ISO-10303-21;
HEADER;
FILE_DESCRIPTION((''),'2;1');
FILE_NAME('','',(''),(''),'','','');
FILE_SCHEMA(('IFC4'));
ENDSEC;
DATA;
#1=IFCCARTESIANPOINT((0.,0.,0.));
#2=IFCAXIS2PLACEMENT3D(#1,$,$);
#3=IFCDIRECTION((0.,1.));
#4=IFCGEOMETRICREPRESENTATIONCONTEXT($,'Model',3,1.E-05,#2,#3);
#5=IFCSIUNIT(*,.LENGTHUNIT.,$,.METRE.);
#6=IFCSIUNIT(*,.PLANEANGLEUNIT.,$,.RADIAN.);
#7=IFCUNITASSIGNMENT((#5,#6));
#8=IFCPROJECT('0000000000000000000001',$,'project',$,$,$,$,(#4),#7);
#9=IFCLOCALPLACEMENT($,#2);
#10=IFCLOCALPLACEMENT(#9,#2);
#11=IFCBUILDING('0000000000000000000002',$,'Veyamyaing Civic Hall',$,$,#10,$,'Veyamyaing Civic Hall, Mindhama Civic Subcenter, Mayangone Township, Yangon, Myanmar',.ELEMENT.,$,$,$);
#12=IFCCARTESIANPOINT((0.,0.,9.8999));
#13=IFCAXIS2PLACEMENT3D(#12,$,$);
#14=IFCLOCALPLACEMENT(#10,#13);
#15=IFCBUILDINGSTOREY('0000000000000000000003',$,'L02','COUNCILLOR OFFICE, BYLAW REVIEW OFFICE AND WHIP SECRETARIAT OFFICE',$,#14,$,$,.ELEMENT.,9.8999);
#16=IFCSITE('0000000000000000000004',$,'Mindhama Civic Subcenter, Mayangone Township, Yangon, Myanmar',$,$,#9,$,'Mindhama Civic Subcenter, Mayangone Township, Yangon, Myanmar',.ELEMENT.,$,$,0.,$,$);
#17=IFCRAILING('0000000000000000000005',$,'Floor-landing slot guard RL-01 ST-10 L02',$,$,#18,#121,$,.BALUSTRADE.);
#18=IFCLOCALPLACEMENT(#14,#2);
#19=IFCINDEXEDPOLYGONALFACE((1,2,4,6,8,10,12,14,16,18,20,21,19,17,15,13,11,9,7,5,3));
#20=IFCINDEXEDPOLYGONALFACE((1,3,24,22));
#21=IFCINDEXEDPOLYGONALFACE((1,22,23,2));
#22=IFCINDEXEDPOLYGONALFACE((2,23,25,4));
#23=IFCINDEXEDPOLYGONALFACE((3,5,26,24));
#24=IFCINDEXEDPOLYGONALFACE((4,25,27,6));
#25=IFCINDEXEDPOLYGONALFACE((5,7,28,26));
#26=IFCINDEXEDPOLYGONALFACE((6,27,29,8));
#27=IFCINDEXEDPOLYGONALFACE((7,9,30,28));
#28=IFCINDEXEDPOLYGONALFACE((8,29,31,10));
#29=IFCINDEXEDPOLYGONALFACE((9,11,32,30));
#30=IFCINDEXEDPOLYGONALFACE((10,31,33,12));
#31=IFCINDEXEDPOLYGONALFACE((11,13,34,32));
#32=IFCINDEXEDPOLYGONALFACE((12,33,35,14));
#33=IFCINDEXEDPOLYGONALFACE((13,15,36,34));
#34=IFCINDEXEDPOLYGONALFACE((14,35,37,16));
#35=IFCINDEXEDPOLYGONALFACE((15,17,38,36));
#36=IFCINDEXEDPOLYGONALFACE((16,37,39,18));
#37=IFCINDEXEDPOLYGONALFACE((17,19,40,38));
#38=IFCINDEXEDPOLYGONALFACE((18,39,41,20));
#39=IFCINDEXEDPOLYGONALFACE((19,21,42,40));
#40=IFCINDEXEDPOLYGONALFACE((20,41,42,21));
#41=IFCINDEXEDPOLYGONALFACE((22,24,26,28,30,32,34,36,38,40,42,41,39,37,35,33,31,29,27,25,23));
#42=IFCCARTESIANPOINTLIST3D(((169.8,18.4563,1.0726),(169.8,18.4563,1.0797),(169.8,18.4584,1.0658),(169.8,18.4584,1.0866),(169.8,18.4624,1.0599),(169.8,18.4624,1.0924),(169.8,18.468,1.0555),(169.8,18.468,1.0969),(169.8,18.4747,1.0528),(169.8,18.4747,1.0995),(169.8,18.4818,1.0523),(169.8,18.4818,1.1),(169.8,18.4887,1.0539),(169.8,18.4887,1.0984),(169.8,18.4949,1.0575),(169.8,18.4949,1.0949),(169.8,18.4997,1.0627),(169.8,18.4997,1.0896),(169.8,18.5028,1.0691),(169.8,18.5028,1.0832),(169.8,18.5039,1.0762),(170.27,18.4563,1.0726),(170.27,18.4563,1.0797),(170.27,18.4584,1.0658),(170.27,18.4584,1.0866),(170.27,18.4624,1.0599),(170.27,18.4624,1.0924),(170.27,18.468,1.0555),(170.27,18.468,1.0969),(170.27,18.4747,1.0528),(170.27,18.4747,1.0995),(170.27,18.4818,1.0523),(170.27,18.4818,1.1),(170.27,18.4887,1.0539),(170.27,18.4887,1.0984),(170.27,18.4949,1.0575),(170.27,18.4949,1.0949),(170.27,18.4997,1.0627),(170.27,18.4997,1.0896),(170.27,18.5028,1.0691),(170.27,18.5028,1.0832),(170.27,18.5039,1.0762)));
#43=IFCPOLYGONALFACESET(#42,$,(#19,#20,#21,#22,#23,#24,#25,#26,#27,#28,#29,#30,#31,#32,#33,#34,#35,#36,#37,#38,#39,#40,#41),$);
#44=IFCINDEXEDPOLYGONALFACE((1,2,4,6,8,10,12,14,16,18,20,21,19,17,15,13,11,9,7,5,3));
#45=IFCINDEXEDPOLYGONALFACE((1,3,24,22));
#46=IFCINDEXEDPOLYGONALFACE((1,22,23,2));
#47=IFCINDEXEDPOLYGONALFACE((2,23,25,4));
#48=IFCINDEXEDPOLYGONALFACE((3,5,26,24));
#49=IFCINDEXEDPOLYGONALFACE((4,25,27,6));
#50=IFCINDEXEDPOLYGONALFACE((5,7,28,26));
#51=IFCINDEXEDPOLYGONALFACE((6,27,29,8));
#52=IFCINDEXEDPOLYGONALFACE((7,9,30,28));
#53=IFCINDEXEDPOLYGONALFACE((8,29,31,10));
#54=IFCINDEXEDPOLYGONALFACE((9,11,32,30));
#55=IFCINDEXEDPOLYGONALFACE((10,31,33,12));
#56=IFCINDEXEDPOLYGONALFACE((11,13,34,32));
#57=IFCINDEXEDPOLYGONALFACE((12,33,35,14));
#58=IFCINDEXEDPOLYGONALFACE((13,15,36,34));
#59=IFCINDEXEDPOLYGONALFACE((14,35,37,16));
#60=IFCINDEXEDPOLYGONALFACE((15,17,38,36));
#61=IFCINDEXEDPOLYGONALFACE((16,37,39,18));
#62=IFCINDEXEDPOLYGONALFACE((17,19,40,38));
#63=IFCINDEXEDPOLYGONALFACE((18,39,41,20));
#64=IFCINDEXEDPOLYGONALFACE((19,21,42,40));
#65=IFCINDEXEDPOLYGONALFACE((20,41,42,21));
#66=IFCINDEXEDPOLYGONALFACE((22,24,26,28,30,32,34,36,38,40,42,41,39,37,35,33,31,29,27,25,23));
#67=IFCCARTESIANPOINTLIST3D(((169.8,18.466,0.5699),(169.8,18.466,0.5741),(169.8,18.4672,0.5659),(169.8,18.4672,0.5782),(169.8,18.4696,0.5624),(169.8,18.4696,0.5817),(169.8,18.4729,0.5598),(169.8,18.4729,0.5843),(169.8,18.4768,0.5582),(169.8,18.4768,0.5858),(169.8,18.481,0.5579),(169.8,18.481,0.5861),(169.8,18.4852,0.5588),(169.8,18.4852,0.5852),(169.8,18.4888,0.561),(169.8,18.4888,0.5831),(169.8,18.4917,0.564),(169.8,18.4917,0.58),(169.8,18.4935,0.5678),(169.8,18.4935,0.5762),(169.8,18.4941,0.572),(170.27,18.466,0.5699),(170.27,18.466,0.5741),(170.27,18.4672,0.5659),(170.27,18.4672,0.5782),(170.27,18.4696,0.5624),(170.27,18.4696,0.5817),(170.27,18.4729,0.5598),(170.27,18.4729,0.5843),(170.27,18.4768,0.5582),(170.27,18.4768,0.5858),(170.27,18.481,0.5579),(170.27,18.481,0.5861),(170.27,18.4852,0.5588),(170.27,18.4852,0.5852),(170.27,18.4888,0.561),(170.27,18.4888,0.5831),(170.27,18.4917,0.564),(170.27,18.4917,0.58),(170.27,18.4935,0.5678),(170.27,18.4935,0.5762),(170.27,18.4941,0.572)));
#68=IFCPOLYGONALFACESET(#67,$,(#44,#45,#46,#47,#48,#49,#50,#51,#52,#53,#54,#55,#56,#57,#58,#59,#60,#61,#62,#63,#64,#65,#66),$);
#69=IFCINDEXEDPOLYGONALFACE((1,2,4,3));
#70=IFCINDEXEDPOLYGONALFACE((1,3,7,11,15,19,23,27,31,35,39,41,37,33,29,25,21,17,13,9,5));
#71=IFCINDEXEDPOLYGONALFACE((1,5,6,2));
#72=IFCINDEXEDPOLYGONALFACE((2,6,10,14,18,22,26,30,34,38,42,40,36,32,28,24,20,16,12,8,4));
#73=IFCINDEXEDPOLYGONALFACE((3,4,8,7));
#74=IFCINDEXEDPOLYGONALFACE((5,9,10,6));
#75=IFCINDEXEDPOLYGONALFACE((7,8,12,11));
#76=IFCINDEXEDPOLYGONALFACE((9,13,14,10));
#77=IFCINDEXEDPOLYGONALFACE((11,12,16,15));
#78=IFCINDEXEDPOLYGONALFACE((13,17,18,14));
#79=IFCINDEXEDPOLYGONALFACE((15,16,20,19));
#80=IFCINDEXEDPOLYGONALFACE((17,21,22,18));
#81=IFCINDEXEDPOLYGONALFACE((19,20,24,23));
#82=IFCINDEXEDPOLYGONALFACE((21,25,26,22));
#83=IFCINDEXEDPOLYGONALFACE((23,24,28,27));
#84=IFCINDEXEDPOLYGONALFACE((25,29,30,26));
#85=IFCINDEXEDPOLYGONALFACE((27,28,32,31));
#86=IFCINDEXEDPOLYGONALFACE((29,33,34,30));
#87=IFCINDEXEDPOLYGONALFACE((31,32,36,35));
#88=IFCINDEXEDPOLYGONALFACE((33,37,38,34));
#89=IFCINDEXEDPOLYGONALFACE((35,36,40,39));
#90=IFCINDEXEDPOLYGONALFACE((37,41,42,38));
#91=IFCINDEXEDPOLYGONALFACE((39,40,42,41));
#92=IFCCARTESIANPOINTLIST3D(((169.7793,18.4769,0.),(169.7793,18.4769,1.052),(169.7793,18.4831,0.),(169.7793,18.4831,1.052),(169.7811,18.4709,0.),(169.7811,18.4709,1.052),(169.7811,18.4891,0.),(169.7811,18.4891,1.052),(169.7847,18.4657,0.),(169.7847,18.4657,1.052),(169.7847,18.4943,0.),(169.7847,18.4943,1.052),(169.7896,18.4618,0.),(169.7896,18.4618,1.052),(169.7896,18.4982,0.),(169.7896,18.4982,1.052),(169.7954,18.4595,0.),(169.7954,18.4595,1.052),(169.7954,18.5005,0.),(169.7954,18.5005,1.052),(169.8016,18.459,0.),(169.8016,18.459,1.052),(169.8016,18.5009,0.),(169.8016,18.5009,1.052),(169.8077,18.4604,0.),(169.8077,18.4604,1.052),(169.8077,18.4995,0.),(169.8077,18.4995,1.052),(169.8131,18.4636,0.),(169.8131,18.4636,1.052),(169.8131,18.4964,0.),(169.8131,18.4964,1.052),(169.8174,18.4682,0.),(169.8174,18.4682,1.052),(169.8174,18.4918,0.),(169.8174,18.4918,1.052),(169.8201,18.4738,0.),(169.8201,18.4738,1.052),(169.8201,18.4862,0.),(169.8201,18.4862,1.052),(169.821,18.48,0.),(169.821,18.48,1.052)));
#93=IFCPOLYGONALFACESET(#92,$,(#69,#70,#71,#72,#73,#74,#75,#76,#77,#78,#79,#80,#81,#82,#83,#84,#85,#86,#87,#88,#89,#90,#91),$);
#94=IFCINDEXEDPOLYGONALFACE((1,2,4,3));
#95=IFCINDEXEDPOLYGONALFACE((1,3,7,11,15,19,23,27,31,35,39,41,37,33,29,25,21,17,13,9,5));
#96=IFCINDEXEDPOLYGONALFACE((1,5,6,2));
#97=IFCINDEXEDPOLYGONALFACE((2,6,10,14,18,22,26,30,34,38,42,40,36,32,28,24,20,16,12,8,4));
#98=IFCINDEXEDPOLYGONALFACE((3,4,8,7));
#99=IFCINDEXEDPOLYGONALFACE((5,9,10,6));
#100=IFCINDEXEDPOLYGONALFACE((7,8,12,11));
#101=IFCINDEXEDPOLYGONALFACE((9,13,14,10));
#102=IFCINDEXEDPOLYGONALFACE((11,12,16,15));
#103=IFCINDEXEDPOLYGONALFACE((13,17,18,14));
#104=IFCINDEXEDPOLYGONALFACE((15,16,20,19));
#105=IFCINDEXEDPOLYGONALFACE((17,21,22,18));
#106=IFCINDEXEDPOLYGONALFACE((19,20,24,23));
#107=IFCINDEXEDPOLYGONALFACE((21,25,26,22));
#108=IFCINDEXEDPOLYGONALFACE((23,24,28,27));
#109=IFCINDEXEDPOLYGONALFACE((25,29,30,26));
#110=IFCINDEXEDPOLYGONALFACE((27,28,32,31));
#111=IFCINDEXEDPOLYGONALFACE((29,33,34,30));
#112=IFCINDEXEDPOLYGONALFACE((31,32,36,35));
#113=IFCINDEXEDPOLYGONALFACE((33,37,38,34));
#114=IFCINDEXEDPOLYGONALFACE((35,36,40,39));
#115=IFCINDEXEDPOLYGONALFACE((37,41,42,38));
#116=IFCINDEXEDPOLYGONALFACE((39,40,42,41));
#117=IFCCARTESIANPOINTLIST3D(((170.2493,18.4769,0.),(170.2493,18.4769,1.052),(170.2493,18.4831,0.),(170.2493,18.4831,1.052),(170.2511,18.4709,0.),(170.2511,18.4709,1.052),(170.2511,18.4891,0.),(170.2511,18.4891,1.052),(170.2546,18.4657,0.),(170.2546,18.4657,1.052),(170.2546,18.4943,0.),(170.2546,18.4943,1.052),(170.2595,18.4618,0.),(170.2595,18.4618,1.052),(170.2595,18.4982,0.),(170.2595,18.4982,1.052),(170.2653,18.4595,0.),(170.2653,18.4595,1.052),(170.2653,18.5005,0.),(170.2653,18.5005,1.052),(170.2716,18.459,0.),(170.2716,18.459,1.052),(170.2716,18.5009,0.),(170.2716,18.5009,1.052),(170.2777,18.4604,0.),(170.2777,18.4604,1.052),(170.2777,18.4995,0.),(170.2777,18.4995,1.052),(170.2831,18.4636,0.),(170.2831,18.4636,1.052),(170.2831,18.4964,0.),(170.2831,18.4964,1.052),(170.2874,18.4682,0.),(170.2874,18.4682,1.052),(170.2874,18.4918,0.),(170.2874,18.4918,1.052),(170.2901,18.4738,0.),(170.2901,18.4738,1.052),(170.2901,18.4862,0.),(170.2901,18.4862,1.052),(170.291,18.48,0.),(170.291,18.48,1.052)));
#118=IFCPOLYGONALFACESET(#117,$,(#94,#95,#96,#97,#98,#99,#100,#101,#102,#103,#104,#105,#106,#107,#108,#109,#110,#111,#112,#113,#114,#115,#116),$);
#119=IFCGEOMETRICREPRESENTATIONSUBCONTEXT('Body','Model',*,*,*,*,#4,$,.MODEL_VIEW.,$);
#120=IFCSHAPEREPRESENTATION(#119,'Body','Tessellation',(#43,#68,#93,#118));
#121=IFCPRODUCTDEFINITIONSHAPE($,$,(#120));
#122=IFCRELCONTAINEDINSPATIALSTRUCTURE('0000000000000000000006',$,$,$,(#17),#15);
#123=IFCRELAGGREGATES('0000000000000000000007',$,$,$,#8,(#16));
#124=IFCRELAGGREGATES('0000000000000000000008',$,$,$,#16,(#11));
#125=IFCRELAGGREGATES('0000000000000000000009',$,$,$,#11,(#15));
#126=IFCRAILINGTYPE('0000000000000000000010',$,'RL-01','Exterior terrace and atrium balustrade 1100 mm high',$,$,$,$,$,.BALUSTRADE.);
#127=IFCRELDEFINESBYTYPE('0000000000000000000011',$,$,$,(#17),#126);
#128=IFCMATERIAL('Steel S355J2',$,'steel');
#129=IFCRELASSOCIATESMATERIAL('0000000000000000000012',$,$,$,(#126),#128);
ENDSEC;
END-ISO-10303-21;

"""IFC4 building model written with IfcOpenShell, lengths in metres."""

from ifc_helpers import new_model, si_unit, direction, frame, origin, origin_2d, place, context, subcontext, project, spatial, circle, extrude, material, type_object, element, save


model = new_model("IFC4")

# Units and contexts
model_context = context("Model", 3, precision=1e-05, world=origin(), true_north=direction((0.0, 1.0)))
body_context = subcontext(model_context, "Body", "Model", "MODEL_VIEW")
ifc_project = project(units=[si_unit("LENGTHUNIT", "METRE"), si_unit("PLANEANGLEUNIT", "RADIAN")], contexts=[model_context])

# Site, building, storey
site_placement = place(None, origin())
site = spatial("IfcSite", under=ifc_project, at=site_placement, Name="Mindhama Civic Subcenter, Mayangone Township, Yangon, Myanmar", LongName="Mindhama Civic Subcenter, Mayangone Township, Yangon, Myanmar", CompositionType="ELEMENT", RefElevation=0.0)
building_placement = place(site_placement, origin())
building = spatial("IfcBuilding", under=site, at=building_placement, Name="Veyamyaing Civic Hall", LongName="Veyamyaing Civic Hall, Mindhama Civic Subcenter, Mayangone Township, Yangon, Myanmar", CompositionType="ELEMENT")
storey_placement = place(building_placement, frame((0.0, 0.0, 9.8999)))
storey = spatial("IfcBuildingStorey", under=building, at=storey_placement, Name="L02", Description="COUNCILLOR OFFICE, BYLAW REVIEW OFFICE AND WHIP SECRETARIAT OFFICE", CompositionType="ELEMENT", Elevation=9.8999)

# Railing
ifc_material_1 = material(Name="Steel S355J2", Category="steel")
railing_type_1 = type_object("IfcRailingType", Name="RL-01", Description="Exterior terrace and atrium balustrade 1100 mm high", PredefinedType="BALUSTRADE", material=ifc_material_1)
railing_1_placement = place(storey_placement, frame((169.8, 18.48, 0.0)))
element("IfcRailing", 1, at=railing_1_placement, inside=storey, type_object=railing_type_1, Name="Floor-landing slot guard RL-01 ST-10 L02", PredefinedType="BALUSTRADE", context=body_context, shape_type="SweptSolid", body=[
    extrude(circle(Radius=0.0239, at=origin_2d()), frame((0.0, 0.0, 1.0762), z_axis=(1.0, 0.0, 0.0), x_axis=(0.0, 1.0, 0.0)), (0.0, 0.0, 1.0), 0.47),
    extrude(circle(Radius=0.0142, at=origin_2d()), frame((0.0, 0.0, 0.572), z_axis=(1.0, 0.0, 0.0), x_axis=(0.0, 1.0, 0.0)), (0.0, 0.0, 1.0), 0.47),
    extrude(circle(Radius=0.021, at=origin_2d()), origin(), (0.0, 0.0, 1.0), 1.052),
    extrude(circle(Radius=0.021, at=origin_2d()), frame((0.47, 0.0, 0.0)), (0.0, 0.0, 1.0), 1.052),
])

save(model, "model.ifc")
